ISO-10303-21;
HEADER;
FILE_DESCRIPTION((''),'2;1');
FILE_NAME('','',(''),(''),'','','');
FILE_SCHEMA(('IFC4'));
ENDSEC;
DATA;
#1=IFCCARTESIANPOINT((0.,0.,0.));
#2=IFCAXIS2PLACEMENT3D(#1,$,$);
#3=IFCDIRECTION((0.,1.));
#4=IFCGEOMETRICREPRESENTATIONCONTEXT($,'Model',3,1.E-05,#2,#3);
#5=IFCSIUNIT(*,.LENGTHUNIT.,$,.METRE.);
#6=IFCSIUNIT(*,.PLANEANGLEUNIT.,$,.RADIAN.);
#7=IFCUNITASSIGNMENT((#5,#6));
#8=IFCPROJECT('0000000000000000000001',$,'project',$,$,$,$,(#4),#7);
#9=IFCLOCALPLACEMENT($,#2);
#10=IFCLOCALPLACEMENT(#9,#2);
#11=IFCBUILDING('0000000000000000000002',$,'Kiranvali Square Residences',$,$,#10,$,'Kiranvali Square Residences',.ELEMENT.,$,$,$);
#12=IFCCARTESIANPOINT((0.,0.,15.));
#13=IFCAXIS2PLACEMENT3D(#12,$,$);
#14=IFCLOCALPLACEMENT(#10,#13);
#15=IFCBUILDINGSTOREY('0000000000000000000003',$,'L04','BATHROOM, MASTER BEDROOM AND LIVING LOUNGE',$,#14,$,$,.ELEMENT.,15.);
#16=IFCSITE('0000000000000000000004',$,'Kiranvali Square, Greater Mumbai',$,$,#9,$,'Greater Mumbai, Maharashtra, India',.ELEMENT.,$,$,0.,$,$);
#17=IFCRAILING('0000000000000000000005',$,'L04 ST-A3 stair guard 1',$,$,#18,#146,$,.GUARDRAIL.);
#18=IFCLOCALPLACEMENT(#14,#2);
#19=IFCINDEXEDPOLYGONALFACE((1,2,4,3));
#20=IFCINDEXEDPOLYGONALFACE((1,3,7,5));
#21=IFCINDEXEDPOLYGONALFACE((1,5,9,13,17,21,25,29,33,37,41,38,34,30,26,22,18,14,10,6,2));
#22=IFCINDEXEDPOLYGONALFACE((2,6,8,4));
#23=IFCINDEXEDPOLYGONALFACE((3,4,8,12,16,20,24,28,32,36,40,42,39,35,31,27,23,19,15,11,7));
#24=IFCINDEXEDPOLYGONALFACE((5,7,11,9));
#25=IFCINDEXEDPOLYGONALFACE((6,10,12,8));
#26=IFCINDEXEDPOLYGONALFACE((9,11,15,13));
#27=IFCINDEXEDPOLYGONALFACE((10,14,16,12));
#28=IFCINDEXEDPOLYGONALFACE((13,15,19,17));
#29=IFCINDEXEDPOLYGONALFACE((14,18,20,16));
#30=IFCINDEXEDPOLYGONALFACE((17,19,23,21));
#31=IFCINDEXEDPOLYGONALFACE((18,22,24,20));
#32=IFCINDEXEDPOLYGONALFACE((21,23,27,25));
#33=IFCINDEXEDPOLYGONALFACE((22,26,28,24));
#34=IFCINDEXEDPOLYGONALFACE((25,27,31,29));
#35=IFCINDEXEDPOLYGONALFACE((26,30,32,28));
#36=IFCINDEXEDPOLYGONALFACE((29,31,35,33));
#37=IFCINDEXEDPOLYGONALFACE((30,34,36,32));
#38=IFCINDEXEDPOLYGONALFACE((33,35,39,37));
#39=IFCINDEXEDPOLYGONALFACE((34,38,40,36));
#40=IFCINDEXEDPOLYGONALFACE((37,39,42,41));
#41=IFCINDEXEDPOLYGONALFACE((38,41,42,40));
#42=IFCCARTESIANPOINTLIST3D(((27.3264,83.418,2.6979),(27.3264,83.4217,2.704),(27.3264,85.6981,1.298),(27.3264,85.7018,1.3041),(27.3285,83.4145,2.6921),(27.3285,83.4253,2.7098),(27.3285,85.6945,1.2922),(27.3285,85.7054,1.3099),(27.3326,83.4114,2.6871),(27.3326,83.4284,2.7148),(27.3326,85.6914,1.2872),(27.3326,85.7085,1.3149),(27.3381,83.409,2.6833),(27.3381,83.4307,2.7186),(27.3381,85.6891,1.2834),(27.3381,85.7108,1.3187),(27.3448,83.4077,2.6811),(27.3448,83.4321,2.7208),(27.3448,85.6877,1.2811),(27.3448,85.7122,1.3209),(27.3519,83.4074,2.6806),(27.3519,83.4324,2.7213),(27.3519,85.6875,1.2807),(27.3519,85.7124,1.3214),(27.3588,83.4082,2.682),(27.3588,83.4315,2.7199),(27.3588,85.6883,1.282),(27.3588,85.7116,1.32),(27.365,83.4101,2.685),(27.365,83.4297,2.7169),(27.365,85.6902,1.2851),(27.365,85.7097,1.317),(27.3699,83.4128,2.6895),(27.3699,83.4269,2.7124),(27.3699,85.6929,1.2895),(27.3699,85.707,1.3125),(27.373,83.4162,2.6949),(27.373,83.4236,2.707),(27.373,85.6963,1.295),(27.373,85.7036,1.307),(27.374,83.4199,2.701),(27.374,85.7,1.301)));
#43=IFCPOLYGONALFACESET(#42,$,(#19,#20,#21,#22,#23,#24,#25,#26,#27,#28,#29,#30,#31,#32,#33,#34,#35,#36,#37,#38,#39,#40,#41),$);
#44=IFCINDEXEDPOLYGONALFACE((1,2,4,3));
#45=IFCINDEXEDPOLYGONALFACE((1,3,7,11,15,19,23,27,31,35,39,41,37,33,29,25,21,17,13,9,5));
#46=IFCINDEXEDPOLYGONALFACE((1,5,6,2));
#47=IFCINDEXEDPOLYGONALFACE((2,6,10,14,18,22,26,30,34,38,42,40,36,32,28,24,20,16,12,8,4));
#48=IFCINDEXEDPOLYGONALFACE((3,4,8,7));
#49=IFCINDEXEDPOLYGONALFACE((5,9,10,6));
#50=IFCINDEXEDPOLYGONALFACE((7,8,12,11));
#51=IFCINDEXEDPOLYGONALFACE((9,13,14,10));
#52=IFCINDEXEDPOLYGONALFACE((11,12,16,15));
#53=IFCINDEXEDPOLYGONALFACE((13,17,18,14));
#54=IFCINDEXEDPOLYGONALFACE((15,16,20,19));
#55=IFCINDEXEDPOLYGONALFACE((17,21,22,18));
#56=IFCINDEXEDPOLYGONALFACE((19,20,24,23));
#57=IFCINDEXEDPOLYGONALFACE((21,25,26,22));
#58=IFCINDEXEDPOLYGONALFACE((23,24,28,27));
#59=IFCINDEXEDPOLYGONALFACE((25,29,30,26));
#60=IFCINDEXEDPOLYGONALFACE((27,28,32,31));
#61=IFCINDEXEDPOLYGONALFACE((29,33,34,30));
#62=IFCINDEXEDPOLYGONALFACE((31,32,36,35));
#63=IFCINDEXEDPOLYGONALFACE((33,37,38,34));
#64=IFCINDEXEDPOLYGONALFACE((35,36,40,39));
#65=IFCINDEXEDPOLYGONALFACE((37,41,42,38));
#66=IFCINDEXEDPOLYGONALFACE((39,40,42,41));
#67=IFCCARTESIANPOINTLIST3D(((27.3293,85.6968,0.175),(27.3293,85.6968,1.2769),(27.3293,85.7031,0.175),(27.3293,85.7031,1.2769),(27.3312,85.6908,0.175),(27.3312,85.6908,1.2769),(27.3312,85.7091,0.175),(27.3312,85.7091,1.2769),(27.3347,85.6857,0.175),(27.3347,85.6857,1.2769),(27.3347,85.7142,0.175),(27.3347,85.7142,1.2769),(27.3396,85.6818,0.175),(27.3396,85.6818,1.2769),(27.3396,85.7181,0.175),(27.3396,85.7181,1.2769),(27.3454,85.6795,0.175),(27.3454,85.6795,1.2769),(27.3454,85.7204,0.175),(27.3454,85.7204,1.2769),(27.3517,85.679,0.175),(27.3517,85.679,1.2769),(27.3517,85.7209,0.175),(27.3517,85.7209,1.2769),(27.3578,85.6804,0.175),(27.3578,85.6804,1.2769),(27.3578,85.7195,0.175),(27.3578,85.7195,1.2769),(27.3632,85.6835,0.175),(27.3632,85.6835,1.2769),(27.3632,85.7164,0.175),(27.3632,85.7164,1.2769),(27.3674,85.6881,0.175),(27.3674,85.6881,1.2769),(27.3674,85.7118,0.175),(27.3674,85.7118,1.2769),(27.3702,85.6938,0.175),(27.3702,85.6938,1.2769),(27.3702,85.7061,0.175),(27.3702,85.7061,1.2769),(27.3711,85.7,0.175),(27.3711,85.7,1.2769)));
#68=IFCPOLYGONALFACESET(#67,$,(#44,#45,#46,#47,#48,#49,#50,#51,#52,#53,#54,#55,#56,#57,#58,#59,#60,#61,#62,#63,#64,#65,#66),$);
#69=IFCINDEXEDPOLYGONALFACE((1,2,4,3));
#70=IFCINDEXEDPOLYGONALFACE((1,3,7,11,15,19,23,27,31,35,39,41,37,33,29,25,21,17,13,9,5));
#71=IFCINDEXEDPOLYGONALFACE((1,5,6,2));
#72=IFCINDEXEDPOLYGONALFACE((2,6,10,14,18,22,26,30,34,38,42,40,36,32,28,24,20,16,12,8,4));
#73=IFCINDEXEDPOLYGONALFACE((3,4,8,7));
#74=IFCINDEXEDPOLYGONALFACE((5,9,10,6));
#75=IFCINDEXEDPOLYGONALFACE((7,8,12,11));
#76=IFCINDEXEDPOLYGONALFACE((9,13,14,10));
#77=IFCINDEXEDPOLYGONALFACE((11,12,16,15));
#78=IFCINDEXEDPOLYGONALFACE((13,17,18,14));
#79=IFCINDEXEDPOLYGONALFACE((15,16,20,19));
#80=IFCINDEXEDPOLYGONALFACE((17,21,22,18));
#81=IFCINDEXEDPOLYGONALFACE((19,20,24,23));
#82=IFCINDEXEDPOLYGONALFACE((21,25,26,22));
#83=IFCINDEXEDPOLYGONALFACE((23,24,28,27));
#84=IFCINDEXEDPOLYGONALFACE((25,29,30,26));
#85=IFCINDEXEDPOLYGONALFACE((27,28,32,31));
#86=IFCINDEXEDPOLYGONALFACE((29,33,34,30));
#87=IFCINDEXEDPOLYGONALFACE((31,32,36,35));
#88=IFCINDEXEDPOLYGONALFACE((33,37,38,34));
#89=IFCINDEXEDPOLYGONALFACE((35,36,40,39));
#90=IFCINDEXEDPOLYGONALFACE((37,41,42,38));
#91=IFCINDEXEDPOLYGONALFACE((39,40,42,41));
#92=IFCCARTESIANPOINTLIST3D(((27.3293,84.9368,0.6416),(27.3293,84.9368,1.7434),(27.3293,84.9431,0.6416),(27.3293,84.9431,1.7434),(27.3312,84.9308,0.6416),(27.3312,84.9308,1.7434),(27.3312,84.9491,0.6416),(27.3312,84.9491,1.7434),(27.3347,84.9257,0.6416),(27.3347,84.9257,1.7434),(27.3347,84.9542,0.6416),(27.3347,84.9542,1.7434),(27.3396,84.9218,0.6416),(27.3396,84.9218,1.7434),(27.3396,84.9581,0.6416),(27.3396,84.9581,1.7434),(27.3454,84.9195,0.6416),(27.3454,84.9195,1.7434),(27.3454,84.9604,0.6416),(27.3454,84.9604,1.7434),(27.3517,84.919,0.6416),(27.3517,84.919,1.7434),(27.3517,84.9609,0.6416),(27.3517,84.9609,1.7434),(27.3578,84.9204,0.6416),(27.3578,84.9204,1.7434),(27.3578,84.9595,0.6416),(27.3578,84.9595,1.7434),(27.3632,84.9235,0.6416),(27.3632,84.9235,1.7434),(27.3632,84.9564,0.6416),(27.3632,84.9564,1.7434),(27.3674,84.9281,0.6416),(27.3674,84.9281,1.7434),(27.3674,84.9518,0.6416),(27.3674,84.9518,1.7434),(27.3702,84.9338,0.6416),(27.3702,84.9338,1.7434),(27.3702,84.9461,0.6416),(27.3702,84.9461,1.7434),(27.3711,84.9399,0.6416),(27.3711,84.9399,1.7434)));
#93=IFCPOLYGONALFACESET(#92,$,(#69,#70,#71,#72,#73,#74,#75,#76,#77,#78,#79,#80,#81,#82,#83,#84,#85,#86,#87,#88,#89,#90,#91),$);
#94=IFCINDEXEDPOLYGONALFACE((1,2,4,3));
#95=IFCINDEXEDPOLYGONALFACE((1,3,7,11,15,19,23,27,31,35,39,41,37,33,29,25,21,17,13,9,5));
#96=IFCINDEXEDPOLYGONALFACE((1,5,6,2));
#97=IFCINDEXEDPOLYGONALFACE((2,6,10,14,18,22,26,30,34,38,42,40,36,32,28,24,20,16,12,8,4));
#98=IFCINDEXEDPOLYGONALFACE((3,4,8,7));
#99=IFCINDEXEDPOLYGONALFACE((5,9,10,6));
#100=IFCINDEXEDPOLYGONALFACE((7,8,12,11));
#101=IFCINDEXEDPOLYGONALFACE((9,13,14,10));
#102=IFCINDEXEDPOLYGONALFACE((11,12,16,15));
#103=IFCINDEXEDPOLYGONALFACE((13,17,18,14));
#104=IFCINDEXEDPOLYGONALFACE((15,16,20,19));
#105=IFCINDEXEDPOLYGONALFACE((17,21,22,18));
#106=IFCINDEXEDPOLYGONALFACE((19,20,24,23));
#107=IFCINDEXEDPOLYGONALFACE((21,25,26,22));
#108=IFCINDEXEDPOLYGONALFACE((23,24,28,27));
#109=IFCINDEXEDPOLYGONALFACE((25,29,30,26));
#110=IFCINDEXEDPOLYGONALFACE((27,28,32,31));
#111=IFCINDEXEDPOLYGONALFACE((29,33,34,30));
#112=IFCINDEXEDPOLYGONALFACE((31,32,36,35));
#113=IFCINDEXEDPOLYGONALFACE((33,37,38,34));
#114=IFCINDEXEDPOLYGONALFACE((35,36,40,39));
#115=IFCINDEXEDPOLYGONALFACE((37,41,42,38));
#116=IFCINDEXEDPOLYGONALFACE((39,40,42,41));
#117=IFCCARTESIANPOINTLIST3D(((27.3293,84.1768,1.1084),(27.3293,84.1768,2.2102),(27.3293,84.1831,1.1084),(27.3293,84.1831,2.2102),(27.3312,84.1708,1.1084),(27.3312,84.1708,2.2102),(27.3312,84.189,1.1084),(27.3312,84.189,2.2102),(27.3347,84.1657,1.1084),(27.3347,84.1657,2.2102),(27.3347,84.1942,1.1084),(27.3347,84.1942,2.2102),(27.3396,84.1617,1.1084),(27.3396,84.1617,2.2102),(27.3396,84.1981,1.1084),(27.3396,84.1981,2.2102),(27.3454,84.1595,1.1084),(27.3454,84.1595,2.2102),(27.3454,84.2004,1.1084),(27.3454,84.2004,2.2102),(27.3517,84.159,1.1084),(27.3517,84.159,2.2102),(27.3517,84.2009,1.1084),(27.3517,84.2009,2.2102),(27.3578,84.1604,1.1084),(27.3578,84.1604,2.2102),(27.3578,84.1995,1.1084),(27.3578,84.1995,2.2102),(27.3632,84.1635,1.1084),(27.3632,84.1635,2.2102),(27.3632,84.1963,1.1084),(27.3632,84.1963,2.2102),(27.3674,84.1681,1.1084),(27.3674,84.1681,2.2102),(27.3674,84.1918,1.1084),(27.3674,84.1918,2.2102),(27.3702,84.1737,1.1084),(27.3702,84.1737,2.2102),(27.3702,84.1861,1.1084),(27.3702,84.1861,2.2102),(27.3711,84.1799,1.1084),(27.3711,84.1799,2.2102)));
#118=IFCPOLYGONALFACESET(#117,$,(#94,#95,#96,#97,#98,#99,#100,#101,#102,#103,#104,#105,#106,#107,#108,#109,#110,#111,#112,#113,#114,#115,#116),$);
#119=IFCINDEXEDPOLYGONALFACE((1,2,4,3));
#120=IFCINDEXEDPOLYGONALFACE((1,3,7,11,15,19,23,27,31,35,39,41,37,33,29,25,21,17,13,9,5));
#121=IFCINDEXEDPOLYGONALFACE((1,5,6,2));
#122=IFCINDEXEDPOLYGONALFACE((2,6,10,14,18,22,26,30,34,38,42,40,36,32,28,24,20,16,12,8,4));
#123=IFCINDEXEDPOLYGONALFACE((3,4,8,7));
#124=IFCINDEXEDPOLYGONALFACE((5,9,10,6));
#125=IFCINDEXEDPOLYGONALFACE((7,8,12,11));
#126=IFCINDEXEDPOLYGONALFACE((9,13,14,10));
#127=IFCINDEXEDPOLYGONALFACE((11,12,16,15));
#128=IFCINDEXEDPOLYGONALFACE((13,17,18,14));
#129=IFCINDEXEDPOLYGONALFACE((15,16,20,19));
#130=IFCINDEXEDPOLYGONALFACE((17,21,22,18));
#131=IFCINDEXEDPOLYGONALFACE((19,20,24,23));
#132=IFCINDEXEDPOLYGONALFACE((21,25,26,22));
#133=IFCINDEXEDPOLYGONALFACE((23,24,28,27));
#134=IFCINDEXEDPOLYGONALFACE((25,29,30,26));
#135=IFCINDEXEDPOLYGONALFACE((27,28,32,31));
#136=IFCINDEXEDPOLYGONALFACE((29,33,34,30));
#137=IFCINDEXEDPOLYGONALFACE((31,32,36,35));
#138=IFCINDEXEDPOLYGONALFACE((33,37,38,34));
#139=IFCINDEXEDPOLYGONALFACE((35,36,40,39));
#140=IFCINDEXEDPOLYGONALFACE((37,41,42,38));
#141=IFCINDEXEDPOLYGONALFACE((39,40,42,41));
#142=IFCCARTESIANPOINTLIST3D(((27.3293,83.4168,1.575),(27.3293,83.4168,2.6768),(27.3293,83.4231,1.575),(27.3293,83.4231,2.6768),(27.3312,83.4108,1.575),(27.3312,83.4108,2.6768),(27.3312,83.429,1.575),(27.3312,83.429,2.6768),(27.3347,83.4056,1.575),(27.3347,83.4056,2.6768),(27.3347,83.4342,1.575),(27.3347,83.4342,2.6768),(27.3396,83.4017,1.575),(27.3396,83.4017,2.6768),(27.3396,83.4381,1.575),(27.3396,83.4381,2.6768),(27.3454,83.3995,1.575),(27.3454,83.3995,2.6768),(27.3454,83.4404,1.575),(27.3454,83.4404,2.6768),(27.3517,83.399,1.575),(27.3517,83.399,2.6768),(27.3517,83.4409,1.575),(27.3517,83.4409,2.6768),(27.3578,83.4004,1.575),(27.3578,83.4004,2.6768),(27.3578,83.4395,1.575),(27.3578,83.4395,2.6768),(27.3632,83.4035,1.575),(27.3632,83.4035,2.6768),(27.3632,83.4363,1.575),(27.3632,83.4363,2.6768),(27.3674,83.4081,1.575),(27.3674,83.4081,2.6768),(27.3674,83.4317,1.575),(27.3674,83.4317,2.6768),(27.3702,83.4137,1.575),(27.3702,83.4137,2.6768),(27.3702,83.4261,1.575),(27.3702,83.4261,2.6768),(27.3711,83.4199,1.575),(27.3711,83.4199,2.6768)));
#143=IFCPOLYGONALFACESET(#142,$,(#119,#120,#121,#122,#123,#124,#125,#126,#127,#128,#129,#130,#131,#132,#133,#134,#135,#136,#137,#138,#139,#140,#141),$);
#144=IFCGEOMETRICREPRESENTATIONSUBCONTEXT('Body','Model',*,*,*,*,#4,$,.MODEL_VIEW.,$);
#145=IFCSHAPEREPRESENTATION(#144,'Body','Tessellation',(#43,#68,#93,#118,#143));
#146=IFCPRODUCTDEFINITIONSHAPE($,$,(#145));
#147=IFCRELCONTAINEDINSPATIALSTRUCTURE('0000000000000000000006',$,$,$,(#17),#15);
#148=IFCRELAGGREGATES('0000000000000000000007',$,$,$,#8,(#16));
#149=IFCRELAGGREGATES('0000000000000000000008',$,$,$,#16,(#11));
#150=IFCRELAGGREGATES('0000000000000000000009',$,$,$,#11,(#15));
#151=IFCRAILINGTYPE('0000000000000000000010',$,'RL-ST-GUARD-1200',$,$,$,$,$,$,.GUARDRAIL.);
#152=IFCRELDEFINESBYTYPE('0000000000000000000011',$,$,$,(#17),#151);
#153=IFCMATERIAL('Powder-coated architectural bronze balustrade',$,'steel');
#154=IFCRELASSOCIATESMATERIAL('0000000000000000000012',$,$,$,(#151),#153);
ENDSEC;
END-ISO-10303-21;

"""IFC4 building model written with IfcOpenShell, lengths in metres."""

from ifc_helpers import new_model, si_unit, direction, frame, origin, origin_2d, place, context, subcontext, project, spatial, circle, extrude, material, type_object, element, save


model = new_model("IFC4")

# Units and contexts
model_context = context("Model", 3, precision=1e-05, world=origin(), true_north=direction((0.0, 1.0)))
body_context = subcontext(model_context, "Body", "Model", "MODEL_VIEW")
ifc_project = project(units=[si_unit("LENGTHUNIT", "METRE"), si_unit("PLANEANGLEUNIT", "RADIAN")], contexts=[model_context])

# Site, building, storey
site_placement = place(None, origin())
site = spatial("IfcSite", under=ifc_project, at=site_placement, Name="Kiranvali Square, Greater Mumbai", LongName="Greater Mumbai, Maharashtra, India", CompositionType="ELEMENT", RefElevation=0.0)
building_placement = place(site_placement, origin())
building = spatial("IfcBuilding", under=site, at=building_placement, Name="Kiranvali Square Residences", LongName="Kiranvali Square Residences", CompositionType="ELEMENT")
storey_placement = place(building_placement, frame((0.0, 0.0, 15.0)))
storey = spatial("IfcBuildingStorey", under=building, at=storey_placement, Name="L04", Description="BATHROOM, MASTER BEDROOM AND LIVING LOUNGE", CompositionType="ELEMENT", Elevation=15.0)

# Railing
ifc_material_1 = material(Name="Powder-coated architectural bronze balustrade", Category="steel")
railing_type_1 = type_object("IfcRailingType", Name="RL-ST-GUARD-1200", PredefinedType="GUARDRAIL", material=ifc_material_1)
railing_1_placement = place(storey_placement, frame((27.3501, 85.7, 0.175)))
element("IfcRailing", 1, at=railing_1_placement, inside=storey, type_object=railing_type_1, Name="L04 ST-A3 stair guard 1", PredefinedType="GUARDRAIL", context=body_context, shape_type="SweptSolid", body=[
    extrude(circle(Radius=0.0239, at=origin_2d()), frame((0.0, 0.0, 1.126), z_axis=(0.0, -0.85219, 0.523232), x_axis=(1.0, 0.0, 0.0)), (0.0, 0.0, 1.0), 2.6755),
    extrude(circle(Radius=0.021, at=origin_2d()), origin(), (0.0, 0.0, 1.0), 1.1018),
    extrude(circle(Radius=0.021, at=origin_2d()), frame((0.0, -0.76, 0.4666)), (0.0, 0.0, 1.0), 1.1018),
    extrude(circle(Radius=0.021, at=origin_2d()), frame((0.0, -1.52, 0.9333)), (0.0, 0.0, 1.0), 1.1018),
    extrude(circle(Radius=0.021, at=origin_2d()), frame((0.0, -2.28, 1.3999)), (0.0, 0.0, 1.0), 1.1018),
])

save(model, "model.ifc")
